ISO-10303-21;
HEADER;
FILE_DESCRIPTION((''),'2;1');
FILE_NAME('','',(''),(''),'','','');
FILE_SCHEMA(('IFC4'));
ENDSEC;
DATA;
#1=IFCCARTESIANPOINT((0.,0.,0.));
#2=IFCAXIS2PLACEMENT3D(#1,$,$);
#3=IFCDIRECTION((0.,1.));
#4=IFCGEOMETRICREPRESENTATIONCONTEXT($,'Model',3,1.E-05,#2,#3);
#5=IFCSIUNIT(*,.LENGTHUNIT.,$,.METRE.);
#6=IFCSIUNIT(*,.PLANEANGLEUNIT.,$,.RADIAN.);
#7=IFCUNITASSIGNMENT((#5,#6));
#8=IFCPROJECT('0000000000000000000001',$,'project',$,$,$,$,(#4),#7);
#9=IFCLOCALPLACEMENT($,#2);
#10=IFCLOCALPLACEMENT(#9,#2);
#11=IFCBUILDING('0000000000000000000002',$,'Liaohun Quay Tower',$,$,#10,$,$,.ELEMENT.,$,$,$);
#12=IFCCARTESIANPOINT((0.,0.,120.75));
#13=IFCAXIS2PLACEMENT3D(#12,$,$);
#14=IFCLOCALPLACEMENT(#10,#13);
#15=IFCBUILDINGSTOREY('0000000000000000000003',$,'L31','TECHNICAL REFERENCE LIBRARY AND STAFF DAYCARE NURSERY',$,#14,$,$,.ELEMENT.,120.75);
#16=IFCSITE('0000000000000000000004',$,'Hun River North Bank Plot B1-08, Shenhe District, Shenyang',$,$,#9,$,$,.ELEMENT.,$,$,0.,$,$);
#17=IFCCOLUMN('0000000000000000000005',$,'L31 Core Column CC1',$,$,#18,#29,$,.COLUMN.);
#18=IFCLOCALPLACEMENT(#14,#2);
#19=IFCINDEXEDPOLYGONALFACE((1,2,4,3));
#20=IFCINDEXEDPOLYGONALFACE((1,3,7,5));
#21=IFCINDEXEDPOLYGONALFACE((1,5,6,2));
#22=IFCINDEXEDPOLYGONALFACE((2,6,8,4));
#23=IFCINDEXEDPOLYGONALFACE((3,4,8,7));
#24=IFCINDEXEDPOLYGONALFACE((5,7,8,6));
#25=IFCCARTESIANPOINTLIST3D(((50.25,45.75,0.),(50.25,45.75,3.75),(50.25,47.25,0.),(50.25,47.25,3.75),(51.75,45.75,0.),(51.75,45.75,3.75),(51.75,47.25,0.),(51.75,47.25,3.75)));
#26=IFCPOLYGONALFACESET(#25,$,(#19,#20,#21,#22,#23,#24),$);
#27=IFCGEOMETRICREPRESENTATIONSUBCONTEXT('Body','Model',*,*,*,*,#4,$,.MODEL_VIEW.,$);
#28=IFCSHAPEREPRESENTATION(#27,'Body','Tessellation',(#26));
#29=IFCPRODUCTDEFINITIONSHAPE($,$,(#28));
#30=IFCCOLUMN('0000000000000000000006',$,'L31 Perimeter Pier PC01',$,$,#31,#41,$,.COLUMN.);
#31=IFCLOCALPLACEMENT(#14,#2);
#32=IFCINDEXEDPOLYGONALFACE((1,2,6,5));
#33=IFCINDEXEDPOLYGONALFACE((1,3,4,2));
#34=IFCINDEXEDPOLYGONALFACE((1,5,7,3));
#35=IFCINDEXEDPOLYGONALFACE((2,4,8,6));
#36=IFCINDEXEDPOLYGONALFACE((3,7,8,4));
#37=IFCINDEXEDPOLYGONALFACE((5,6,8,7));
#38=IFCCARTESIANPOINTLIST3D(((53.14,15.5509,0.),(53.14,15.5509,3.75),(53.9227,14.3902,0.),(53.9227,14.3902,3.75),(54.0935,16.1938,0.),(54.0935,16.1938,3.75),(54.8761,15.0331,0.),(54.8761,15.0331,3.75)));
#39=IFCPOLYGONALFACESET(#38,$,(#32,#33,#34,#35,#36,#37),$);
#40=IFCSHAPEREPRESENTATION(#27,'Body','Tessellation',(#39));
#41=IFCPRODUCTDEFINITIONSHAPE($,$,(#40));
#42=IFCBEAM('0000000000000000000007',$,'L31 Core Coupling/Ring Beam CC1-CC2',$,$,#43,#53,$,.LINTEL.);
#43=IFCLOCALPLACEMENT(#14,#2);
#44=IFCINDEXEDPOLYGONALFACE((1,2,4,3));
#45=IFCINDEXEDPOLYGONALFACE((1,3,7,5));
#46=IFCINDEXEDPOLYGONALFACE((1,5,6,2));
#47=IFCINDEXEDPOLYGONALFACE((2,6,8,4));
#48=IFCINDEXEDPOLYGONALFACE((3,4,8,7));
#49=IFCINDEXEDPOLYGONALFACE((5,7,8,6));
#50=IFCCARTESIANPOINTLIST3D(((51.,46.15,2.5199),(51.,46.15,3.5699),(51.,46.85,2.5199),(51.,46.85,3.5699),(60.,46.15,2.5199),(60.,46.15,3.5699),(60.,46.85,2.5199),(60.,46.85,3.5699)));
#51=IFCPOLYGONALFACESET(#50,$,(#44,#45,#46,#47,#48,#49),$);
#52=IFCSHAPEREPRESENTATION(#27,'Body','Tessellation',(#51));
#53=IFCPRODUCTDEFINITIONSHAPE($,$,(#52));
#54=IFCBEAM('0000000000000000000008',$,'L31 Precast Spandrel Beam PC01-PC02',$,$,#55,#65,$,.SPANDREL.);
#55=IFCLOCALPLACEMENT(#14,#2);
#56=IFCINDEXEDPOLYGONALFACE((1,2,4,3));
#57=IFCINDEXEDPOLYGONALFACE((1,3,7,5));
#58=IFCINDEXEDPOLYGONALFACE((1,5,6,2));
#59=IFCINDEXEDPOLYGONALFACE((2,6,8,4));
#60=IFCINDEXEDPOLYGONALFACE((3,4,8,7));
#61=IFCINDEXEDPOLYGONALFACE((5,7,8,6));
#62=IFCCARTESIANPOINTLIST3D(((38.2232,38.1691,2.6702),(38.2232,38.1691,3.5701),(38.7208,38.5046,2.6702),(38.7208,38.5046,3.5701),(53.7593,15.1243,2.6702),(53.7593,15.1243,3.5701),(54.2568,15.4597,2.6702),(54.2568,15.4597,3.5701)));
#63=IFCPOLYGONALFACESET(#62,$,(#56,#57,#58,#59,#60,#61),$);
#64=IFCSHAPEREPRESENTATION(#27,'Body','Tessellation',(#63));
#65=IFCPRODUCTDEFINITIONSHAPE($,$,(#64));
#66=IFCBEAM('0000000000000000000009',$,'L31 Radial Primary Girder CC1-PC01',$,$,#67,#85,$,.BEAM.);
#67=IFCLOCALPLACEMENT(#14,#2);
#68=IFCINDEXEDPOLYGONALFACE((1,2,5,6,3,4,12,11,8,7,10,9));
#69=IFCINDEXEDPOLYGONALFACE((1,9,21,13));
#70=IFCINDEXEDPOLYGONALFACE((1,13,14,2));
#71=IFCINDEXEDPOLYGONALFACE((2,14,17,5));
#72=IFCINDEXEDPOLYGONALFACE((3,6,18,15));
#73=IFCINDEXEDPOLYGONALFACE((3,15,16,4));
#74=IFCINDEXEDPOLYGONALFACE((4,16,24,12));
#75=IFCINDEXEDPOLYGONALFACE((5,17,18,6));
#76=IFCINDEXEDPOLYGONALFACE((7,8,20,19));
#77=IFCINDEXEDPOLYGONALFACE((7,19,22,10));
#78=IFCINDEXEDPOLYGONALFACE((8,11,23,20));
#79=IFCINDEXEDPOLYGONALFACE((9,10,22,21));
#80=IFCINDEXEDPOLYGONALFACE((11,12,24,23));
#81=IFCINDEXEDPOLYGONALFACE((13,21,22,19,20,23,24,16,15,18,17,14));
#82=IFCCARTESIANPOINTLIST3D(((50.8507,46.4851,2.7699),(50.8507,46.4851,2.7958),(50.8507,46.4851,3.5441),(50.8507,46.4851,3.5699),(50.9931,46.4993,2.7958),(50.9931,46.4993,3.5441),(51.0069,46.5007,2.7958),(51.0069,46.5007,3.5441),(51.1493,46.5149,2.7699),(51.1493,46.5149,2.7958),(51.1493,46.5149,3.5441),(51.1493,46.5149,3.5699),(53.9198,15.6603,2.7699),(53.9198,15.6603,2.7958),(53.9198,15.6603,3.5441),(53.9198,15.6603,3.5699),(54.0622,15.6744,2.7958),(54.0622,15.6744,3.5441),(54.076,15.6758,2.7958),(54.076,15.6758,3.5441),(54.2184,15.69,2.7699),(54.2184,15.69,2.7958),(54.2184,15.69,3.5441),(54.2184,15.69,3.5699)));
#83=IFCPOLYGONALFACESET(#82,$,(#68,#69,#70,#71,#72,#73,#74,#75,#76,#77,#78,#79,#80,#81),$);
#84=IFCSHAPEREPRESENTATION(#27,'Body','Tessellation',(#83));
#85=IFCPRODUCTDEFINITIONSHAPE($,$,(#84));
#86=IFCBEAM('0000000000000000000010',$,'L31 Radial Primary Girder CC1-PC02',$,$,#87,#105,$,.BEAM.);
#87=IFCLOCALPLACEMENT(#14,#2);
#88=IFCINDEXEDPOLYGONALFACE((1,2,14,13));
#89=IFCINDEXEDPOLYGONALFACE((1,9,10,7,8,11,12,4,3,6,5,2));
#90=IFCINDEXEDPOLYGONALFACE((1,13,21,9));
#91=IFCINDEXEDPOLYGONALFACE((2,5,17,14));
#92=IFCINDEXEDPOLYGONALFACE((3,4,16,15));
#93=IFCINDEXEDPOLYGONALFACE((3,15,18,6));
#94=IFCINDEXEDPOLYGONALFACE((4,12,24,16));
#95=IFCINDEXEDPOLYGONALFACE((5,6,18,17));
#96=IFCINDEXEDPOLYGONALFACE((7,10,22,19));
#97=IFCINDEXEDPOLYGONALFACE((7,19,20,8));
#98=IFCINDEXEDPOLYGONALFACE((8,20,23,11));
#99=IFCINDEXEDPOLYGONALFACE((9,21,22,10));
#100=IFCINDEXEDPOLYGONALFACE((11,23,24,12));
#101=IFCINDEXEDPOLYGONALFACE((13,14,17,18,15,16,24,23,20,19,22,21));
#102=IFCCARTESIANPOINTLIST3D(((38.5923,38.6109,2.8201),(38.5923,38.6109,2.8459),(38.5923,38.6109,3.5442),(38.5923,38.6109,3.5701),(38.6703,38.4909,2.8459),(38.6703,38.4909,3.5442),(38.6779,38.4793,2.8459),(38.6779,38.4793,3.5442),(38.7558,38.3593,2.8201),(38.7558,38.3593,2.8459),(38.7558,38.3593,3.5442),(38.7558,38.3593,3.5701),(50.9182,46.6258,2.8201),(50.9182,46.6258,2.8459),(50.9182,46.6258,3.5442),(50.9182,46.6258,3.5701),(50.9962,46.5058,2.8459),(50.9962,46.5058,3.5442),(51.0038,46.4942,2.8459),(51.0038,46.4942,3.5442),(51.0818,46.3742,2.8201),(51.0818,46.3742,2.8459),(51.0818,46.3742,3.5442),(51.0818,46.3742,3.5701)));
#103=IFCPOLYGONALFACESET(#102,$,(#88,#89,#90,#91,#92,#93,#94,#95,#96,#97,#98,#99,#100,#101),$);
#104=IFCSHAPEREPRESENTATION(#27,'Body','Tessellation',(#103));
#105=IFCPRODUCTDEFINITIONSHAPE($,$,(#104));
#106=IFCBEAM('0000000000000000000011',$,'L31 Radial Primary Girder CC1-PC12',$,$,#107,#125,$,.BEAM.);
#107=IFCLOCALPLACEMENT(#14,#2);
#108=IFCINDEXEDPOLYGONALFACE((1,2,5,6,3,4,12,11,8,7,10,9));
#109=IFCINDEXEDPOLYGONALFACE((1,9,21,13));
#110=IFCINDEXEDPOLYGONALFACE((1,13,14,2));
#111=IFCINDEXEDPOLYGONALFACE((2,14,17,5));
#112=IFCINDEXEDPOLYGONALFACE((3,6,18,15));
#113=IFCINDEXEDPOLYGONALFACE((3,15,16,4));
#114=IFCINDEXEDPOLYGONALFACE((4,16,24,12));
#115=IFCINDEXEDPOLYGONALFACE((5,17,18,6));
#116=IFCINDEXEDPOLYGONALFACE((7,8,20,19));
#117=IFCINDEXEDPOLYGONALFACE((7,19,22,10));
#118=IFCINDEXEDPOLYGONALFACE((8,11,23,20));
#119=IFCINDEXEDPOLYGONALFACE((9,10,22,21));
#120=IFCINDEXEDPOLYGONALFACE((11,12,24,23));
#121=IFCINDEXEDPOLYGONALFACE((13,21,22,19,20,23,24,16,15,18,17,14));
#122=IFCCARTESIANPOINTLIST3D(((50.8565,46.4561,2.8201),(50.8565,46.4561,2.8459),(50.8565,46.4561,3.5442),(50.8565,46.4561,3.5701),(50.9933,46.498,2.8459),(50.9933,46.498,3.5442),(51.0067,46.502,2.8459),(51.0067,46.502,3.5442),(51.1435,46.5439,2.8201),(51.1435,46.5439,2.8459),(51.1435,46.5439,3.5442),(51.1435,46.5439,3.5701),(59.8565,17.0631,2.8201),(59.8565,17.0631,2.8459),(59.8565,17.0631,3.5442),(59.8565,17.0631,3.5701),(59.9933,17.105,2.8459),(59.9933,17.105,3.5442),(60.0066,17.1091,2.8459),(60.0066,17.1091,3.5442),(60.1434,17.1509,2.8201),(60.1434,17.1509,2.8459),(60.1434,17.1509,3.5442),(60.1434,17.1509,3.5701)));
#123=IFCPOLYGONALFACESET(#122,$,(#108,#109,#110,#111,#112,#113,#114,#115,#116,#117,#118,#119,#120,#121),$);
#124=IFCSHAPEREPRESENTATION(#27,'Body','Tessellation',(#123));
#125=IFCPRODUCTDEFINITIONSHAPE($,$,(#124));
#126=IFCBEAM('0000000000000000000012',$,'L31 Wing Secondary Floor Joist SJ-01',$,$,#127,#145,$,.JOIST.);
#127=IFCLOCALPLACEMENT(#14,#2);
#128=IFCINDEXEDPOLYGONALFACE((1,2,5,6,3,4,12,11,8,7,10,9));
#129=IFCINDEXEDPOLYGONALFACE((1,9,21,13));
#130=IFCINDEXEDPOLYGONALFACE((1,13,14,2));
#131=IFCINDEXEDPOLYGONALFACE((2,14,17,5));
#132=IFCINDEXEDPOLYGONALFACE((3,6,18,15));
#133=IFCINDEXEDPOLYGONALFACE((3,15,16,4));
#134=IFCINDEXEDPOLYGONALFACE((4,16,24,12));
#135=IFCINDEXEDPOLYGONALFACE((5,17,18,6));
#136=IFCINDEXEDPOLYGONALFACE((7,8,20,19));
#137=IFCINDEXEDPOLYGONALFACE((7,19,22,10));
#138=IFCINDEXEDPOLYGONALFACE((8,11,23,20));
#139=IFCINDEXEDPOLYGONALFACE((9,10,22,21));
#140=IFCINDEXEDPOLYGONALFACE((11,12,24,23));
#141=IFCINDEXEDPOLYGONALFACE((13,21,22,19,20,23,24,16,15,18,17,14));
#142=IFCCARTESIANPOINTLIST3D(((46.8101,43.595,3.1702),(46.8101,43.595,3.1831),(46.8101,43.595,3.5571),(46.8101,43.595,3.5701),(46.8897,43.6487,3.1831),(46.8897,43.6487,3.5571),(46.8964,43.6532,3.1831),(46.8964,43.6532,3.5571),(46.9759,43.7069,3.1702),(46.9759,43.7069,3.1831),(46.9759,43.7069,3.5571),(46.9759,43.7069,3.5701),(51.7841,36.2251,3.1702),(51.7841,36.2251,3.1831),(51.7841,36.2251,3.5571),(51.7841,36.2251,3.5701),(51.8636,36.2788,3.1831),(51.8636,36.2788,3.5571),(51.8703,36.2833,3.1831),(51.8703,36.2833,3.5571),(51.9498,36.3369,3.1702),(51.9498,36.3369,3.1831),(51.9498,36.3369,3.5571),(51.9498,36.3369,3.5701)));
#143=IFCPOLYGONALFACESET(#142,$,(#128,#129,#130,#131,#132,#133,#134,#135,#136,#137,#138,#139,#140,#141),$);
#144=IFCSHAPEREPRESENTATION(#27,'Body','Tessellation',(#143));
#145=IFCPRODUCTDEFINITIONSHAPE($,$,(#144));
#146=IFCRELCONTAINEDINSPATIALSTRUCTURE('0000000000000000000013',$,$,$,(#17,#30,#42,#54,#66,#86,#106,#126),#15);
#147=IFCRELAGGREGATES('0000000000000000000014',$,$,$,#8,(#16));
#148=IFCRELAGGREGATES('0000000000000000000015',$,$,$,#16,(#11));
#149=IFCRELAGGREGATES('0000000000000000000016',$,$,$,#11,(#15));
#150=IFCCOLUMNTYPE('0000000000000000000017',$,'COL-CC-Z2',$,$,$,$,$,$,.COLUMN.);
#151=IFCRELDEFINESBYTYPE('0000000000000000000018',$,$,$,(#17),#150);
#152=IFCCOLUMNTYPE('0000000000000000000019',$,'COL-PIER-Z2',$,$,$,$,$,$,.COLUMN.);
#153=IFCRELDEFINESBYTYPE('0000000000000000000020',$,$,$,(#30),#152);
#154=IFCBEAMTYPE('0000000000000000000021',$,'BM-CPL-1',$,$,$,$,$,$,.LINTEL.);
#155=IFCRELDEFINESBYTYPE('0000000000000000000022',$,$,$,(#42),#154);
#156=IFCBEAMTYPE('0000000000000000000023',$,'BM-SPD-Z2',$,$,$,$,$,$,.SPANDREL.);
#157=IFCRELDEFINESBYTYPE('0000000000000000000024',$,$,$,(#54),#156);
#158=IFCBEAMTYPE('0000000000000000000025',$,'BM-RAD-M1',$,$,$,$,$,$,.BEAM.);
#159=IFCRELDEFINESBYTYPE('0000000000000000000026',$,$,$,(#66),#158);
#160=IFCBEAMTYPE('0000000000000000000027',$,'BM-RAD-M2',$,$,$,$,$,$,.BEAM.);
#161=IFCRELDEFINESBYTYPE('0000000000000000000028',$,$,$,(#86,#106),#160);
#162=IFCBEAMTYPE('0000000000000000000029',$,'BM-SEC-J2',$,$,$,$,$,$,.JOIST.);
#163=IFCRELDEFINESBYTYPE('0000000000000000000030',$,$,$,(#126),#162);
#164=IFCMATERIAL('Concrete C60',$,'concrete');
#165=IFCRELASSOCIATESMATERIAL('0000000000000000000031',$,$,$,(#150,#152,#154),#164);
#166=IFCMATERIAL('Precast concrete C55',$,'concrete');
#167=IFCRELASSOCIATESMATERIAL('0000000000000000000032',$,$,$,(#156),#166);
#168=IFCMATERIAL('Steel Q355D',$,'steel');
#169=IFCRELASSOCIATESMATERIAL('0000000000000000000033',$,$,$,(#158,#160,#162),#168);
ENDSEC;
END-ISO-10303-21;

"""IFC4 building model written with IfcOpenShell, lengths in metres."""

from ifc_helpers import new_model, si_unit, direction, frame, origin, origin_2d, place, context, subcontext, project, spatial, rectangle, i_section, extrude, source, transform, mapped, material, material_profile, profile_set, type_object, element, save


model = new_model("IFC4")

# Units and contexts
model_context = context("Model", 3, precision=1e-05, world=origin(), true_north=direction((0.0, 1.0)))
body_context = subcontext(model_context, "Body", "Model", "MODEL_VIEW")
ifc_project = project(units=[si_unit("LENGTHUNIT", "METRE"), si_unit("PLANEANGLEUNIT", "RADIAN")], contexts=[model_context])

# Site, building, storey
site_placement = place(None, origin())
site = spatial("IfcSite", under=ifc_project, at=site_placement, Name="Hun River North Bank Plot B1-08, Shenhe District, Shenyang", CompositionType="ELEMENT", RefElevation=0.0)
building_placement = place(site_placement, origin())
building = spatial("IfcBuilding", under=site, at=building_placement, Name="Liaohun Quay Tower", CompositionType="ELEMENT")
storey_placement = place(building_placement, frame((0.0, 0.0, 120.75)))
storey = spatial("IfcBuildingStorey", under=building, at=storey_placement, Name="L31", Description="TECHNICAL REFERENCE LIBRARY AND STAFF DAYCARE NURSERY", CompositionType="ELEMENT", Elevation=120.75)

# Columns
ifc_material_1 = material(Name="Concrete C60", Category="concrete")
ifc_material_profile_1 = material_profile(ifc_material_1, rectangle(XDim=1.5, YDim=1.5, at=origin_2d()), Name="RC1500x1500")
ifc_profile_set_1 = profile_set([ifc_material_profile_1], Name="Concrete C60")
column_type_1 = type_object("IfcColumnType", Name="COL-CC-Z2", PredefinedType="COLUMN", material=ifc_profile_set_1)
shared_shape_1 = source(origin(), body_context, "Body", "SweptSolid", [
    extrude(rectangle(XDim=1.5, YDim=1.5, at=origin_2d()), origin(), (0.0, 0.0, 1.0), 3.75),
])
column_1_placement = place(storey_placement, frame((51.0, 46.5, 0.0), z_axis=(0.0, 0.0, 1.0), x_axis=(1.0, 0.0, 0.0)))
element("IfcColumn", 1, at=column_1_placement, inside=storey, type_object=column_type_1, Name="L31 Core Column CC1", PredefinedType="COLUMN", context=body_context, shape_type="MappedRepresentation", body=[
    mapped(shared_shape_1, transform((0.0, 0.0, 0.0), x_axis=(1.0, 0.0, 0.0), y_axis=(0.0, 1.0, 0.0), z_axis=(0.0, 0.0, 1.0), scale=1.0)),
])
ifc_material_profile_2 = material_profile(ifc_material_1, rectangle(XDim=1.3999, YDim=1.1499, at=origin_2d()), Name="RC1400x1150")
ifc_profile_set_2 = profile_set([ifc_material_profile_2], Name="Concrete C60")
column_type_2 = type_object("IfcColumnType", Name="COL-PIER-Z2", PredefinedType="COLUMN", material=ifc_profile_set_2)
shared_shape_2 = source(origin(), body_context, "Body", "SweptSolid", [
    extrude(rectangle(XDim=1.3999, YDim=1.1499, at=origin_2d()), origin(), (0.0, 0.0, 1.0), 3.75),
])
column_2_placement = place(storey_placement, frame((54.0081, 15.292, 0.0), z_axis=(0.0, 0.0, 1.0), x_axis=(-0.559048, 0.829135, 0.0)))
element("IfcColumn", 2, at=column_2_placement, inside=storey, type_object=column_type_2, Name="L31 Perimeter Pier PC01", PredefinedType="COLUMN", context=body_context, shape_type="MappedRepresentation", body=[
    mapped(shared_shape_2, transform((0.0, 0.0, 0.0), x_axis=(1.0, 0.0, 0.0), y_axis=(0.0, 1.0, 0.0), z_axis=(0.0, 0.0, 1.0), scale=1.0)),
])

# Beams
ifc_material_profile_3 = material_profile(ifc_material_1, rectangle(XDim=0.7, YDim=1.05, at=origin_2d()), Name="RC700x1050")
ifc_profile_set_3 = profile_set([ifc_material_profile_3], Name="Concrete C60")
beam_type_1 = type_object("IfcBeamType", Name="BM-CPL-1", PredefinedType="LINTEL", material=ifc_profile_set_3)
shared_shape_3 = source(origin(), body_context, "Body", "SweptSolid", [
    extrude(rectangle(XDim=0.7, YDim=1.05, at=origin_2d()), origin(), (0.0, 0.0, 1.0), 9.0),
])
beam_1_placement = place(storey_placement, frame((51.0, 46.5, 3.0449), z_axis=(1.0, 0.0, 0.0), x_axis=(0.0, 1.0, 0.0)))
element("IfcBeam", 3, at=beam_1_placement, inside=storey, type_object=beam_type_1, Name="L31 Core Coupling/Ring Beam CC1-CC2", PredefinedType="LINTEL", context=body_context, shape_type="MappedRepresentation", body=[
    mapped(shared_shape_3, transform((0.0, 0.0, 0.0), x_axis=(1.0, 0.0, 0.0), y_axis=(0.0, 1.0, 0.0), z_axis=(0.0, 0.0, 1.0), scale=1.0)),
])
ifc_material_2 = material(Name="Precast concrete C55", Category="concrete")
ifc_material_profile_4 = material_profile(ifc_material_2, rectangle(XDim=0.6001, YDim=0.8999, at=origin_2d()), Name="RC600x900")
ifc_profile_set_4 = profile_set([ifc_material_profile_4], Name="Precast concrete C55")
beam_type_2 = type_object("IfcBeamType", Name="BM-SPD-Z2", PredefinedType="SPANDREL", material=ifc_profile_set_4)
shared_shape_4 = source(origin(), body_context, "Body", "SweptSolid", [
    extrude(rectangle(XDim=0.6001, YDim=0.8999, at=origin_2d()), origin(), (0.0, 0.0, 1.0), 27.7927),
])
beam_2_placement = place(storey_placement, frame((54.0081, 15.292, 3.1201), z_axis=(-0.558998, 0.829169, 0.0), x_axis=(-0.829169, -0.558998, 0.0)))
element("IfcBeam", 4, at=beam_2_placement, inside=storey, type_object=beam_type_2, Name="L31 Precast Spandrel Beam PC01-PC02", PredefinedType="SPANDREL", context=body_context, shape_type="MappedRepresentation", body=[
    mapped(shared_shape_4, transform((0.0, 0.0, 0.0), x_axis=(1.0, 0.0, 0.0), y_axis=(0.0, 1.0, 0.0), z_axis=(0.0, 0.0, 1.0), scale=1.0)),
])
ifc_material_3 = material(Name="Steel Q355D", Category="steel")
ifc_material_profile_5 = material_profile(ifc_material_3, i_section(OverallWidth=0.3, OverallDepth=0.8, WebThickness=0.0139, FlangeThickness=0.0259, at=origin_2d()), Name="HN800x300x14x26")
ifc_profile_set_5 = profile_set([ifc_material_profile_5], Name="Steel Q355D")
beam_type_3 = type_object("IfcBeamType", Name="BM-RAD-M1", PredefinedType="BEAM", material=ifc_profile_set_5)
shared_shape_5 = source(origin(), body_context, "Body", "SweptSolid", [
    extrude(i_section(OverallWidth=0.3, OverallDepth=0.8, WebThickness=0.0139, FlangeThickness=0.0259, at=origin_2d()), origin(), (0.0, 0.0, 1.0), 30.9773),
])
beam_3_placement = place(storey_placement, frame((51.0, 46.5, 3.1699), z_axis=(0.099075, -0.99508, 0.0), x_axis=(0.99508, 0.099075, 0.0)))
element("IfcBeam", 5, at=beam_3_placement, inside=storey, type_object=beam_type_3, Name="L31 Radial Primary Girder CC1-PC01", PredefinedType="BEAM", context=body_context, shape_type="MappedRepresentation", body=[
    mapped(shared_shape_5, transform((0.0, 0.0, 0.0), x_axis=(1.0, 0.0, 0.0), y_axis=(0.0, 1.0, 0.0), z_axis=(0.0, 0.0, 1.0), scale=1.0)),
])
ifc_material_profile_6 = material_profile(ifc_material_3, i_section(OverallWidth=0.3, OverallDepth=0.75, WebThickness=0.0139, FlangeThickness=0.0259, at=origin_2d()), Name="HN750x300x14x26")
ifc_profile_set_6 = profile_set([ifc_material_profile_6], Name="Steel Q355D")
beam_type_4 = type_object("IfcBeamType", Name="BM-RAD-M2", PredefinedType="BEAM", material=ifc_profile_set_6)
shared_shape_6 = source(origin(), body_context, "Body", "SweptSolid", [
    extrude(i_section(OverallWidth=0.3, OverallDepth=0.75, WebThickness=0.0139, FlangeThickness=0.0259, at=origin_2d()), origin(), (0.0, 0.0, 1.0), 14.7026),
])
beam_4_placement = place(storey_placement, frame((51.0, 46.5, 3.1951), z_axis=(-0.838349, -0.545134, 0.0), x_axis=(0.545134, -0.838349, 0.0)))
element("IfcBeam", 6, at=beam_4_placement, inside=storey, type_object=beam_type_4, Name="L31 Radial Primary Girder CC1-PC02", PredefinedType="BEAM", context=body_context, shape_type="MappedRepresentation", body=[
    mapped(shared_shape_6, transform((0.0, 0.0, 0.0), x_axis=(1.0, 0.0, 0.0), y_axis=(0.0, 1.0, 0.0), z_axis=(0.0, 0.0, 1.0), scale=1.0)),
])
shared_shape_7 = source(origin(), body_context, "Body", "SweptSolid", [
    extrude(i_section(OverallWidth=0.3, OverallDepth=0.75, WebThickness=0.0139, FlangeThickness=0.0259, at=origin_2d()), origin(), (0.0, 0.0, 1.0), 30.74),
])
beam_5_placement = place(storey_placement, frame((51.0, 46.5, 3.1951), z_axis=(0.292777, -0.956181, 0.0), x_axis=(0.956181, 0.292777, 0.0)))
element("IfcBeam", 7, at=beam_5_placement, inside=storey, type_object=beam_type_4, Name="L31 Radial Primary Girder CC1-PC12", PredefinedType="BEAM", context=body_context, shape_type="MappedRepresentation", body=[
    mapped(shared_shape_7, transform((0.0, 0.0, 0.0), x_axis=(1.0, 0.0, 0.0), y_axis=(0.0, 1.0, 0.0), z_axis=(0.0, 0.0, 1.0), scale=1.0)),
])
ifc_material_profile_7 = material_profile(ifc_material_3, i_section(OverallWidth=0.2, OverallDepth=0.3999, WebThickness=0.0081, FlangeThickness=0.0129, at=origin_2d()), Name="HN400x200x8x13")
ifc_profile_set_7 = profile_set([ifc_material_profile_7], Name="Steel Q355D")
beam_type_5 = type_object("IfcBeamType", Name="BM-SEC-J2", PredefinedType="JOIST", material=ifc_profile_set_7)
shared_shape_8 = source(origin(), body_context, "Body", "SweptSolid", [
    extrude(i_section(OverallWidth=0.2, OverallDepth=0.3999, WebThickness=0.0081, FlangeThickness=0.0129, at=origin_2d()), origin(), (0.0, 0.0, 1.0), 8.8914),
])
beam_6_placement = place(storey_placement, frame((51.8669, 36.281, 3.3701), z_axis=(-0.559412, 0.82889, 0.0), x_axis=(-0.82889, -0.559412, 0.0)))
element("IfcBeam", 8, at=beam_6_placement, inside=storey, type_object=beam_type_5, Name="L31 Wing Secondary Floor Joist SJ-01", PredefinedType="JOIST", context=body_context, shape_type="MappedRepresentation", body=[
    mapped(shared_shape_8, transform((0.0, 0.0, 0.0), x_axis=(1.0, 0.0, 0.0), y_axis=(0.0, 1.0, 0.0), z_axis=(0.0, 0.0, 1.0), scale=1.0)),
])

save(model, "model.ifc")
